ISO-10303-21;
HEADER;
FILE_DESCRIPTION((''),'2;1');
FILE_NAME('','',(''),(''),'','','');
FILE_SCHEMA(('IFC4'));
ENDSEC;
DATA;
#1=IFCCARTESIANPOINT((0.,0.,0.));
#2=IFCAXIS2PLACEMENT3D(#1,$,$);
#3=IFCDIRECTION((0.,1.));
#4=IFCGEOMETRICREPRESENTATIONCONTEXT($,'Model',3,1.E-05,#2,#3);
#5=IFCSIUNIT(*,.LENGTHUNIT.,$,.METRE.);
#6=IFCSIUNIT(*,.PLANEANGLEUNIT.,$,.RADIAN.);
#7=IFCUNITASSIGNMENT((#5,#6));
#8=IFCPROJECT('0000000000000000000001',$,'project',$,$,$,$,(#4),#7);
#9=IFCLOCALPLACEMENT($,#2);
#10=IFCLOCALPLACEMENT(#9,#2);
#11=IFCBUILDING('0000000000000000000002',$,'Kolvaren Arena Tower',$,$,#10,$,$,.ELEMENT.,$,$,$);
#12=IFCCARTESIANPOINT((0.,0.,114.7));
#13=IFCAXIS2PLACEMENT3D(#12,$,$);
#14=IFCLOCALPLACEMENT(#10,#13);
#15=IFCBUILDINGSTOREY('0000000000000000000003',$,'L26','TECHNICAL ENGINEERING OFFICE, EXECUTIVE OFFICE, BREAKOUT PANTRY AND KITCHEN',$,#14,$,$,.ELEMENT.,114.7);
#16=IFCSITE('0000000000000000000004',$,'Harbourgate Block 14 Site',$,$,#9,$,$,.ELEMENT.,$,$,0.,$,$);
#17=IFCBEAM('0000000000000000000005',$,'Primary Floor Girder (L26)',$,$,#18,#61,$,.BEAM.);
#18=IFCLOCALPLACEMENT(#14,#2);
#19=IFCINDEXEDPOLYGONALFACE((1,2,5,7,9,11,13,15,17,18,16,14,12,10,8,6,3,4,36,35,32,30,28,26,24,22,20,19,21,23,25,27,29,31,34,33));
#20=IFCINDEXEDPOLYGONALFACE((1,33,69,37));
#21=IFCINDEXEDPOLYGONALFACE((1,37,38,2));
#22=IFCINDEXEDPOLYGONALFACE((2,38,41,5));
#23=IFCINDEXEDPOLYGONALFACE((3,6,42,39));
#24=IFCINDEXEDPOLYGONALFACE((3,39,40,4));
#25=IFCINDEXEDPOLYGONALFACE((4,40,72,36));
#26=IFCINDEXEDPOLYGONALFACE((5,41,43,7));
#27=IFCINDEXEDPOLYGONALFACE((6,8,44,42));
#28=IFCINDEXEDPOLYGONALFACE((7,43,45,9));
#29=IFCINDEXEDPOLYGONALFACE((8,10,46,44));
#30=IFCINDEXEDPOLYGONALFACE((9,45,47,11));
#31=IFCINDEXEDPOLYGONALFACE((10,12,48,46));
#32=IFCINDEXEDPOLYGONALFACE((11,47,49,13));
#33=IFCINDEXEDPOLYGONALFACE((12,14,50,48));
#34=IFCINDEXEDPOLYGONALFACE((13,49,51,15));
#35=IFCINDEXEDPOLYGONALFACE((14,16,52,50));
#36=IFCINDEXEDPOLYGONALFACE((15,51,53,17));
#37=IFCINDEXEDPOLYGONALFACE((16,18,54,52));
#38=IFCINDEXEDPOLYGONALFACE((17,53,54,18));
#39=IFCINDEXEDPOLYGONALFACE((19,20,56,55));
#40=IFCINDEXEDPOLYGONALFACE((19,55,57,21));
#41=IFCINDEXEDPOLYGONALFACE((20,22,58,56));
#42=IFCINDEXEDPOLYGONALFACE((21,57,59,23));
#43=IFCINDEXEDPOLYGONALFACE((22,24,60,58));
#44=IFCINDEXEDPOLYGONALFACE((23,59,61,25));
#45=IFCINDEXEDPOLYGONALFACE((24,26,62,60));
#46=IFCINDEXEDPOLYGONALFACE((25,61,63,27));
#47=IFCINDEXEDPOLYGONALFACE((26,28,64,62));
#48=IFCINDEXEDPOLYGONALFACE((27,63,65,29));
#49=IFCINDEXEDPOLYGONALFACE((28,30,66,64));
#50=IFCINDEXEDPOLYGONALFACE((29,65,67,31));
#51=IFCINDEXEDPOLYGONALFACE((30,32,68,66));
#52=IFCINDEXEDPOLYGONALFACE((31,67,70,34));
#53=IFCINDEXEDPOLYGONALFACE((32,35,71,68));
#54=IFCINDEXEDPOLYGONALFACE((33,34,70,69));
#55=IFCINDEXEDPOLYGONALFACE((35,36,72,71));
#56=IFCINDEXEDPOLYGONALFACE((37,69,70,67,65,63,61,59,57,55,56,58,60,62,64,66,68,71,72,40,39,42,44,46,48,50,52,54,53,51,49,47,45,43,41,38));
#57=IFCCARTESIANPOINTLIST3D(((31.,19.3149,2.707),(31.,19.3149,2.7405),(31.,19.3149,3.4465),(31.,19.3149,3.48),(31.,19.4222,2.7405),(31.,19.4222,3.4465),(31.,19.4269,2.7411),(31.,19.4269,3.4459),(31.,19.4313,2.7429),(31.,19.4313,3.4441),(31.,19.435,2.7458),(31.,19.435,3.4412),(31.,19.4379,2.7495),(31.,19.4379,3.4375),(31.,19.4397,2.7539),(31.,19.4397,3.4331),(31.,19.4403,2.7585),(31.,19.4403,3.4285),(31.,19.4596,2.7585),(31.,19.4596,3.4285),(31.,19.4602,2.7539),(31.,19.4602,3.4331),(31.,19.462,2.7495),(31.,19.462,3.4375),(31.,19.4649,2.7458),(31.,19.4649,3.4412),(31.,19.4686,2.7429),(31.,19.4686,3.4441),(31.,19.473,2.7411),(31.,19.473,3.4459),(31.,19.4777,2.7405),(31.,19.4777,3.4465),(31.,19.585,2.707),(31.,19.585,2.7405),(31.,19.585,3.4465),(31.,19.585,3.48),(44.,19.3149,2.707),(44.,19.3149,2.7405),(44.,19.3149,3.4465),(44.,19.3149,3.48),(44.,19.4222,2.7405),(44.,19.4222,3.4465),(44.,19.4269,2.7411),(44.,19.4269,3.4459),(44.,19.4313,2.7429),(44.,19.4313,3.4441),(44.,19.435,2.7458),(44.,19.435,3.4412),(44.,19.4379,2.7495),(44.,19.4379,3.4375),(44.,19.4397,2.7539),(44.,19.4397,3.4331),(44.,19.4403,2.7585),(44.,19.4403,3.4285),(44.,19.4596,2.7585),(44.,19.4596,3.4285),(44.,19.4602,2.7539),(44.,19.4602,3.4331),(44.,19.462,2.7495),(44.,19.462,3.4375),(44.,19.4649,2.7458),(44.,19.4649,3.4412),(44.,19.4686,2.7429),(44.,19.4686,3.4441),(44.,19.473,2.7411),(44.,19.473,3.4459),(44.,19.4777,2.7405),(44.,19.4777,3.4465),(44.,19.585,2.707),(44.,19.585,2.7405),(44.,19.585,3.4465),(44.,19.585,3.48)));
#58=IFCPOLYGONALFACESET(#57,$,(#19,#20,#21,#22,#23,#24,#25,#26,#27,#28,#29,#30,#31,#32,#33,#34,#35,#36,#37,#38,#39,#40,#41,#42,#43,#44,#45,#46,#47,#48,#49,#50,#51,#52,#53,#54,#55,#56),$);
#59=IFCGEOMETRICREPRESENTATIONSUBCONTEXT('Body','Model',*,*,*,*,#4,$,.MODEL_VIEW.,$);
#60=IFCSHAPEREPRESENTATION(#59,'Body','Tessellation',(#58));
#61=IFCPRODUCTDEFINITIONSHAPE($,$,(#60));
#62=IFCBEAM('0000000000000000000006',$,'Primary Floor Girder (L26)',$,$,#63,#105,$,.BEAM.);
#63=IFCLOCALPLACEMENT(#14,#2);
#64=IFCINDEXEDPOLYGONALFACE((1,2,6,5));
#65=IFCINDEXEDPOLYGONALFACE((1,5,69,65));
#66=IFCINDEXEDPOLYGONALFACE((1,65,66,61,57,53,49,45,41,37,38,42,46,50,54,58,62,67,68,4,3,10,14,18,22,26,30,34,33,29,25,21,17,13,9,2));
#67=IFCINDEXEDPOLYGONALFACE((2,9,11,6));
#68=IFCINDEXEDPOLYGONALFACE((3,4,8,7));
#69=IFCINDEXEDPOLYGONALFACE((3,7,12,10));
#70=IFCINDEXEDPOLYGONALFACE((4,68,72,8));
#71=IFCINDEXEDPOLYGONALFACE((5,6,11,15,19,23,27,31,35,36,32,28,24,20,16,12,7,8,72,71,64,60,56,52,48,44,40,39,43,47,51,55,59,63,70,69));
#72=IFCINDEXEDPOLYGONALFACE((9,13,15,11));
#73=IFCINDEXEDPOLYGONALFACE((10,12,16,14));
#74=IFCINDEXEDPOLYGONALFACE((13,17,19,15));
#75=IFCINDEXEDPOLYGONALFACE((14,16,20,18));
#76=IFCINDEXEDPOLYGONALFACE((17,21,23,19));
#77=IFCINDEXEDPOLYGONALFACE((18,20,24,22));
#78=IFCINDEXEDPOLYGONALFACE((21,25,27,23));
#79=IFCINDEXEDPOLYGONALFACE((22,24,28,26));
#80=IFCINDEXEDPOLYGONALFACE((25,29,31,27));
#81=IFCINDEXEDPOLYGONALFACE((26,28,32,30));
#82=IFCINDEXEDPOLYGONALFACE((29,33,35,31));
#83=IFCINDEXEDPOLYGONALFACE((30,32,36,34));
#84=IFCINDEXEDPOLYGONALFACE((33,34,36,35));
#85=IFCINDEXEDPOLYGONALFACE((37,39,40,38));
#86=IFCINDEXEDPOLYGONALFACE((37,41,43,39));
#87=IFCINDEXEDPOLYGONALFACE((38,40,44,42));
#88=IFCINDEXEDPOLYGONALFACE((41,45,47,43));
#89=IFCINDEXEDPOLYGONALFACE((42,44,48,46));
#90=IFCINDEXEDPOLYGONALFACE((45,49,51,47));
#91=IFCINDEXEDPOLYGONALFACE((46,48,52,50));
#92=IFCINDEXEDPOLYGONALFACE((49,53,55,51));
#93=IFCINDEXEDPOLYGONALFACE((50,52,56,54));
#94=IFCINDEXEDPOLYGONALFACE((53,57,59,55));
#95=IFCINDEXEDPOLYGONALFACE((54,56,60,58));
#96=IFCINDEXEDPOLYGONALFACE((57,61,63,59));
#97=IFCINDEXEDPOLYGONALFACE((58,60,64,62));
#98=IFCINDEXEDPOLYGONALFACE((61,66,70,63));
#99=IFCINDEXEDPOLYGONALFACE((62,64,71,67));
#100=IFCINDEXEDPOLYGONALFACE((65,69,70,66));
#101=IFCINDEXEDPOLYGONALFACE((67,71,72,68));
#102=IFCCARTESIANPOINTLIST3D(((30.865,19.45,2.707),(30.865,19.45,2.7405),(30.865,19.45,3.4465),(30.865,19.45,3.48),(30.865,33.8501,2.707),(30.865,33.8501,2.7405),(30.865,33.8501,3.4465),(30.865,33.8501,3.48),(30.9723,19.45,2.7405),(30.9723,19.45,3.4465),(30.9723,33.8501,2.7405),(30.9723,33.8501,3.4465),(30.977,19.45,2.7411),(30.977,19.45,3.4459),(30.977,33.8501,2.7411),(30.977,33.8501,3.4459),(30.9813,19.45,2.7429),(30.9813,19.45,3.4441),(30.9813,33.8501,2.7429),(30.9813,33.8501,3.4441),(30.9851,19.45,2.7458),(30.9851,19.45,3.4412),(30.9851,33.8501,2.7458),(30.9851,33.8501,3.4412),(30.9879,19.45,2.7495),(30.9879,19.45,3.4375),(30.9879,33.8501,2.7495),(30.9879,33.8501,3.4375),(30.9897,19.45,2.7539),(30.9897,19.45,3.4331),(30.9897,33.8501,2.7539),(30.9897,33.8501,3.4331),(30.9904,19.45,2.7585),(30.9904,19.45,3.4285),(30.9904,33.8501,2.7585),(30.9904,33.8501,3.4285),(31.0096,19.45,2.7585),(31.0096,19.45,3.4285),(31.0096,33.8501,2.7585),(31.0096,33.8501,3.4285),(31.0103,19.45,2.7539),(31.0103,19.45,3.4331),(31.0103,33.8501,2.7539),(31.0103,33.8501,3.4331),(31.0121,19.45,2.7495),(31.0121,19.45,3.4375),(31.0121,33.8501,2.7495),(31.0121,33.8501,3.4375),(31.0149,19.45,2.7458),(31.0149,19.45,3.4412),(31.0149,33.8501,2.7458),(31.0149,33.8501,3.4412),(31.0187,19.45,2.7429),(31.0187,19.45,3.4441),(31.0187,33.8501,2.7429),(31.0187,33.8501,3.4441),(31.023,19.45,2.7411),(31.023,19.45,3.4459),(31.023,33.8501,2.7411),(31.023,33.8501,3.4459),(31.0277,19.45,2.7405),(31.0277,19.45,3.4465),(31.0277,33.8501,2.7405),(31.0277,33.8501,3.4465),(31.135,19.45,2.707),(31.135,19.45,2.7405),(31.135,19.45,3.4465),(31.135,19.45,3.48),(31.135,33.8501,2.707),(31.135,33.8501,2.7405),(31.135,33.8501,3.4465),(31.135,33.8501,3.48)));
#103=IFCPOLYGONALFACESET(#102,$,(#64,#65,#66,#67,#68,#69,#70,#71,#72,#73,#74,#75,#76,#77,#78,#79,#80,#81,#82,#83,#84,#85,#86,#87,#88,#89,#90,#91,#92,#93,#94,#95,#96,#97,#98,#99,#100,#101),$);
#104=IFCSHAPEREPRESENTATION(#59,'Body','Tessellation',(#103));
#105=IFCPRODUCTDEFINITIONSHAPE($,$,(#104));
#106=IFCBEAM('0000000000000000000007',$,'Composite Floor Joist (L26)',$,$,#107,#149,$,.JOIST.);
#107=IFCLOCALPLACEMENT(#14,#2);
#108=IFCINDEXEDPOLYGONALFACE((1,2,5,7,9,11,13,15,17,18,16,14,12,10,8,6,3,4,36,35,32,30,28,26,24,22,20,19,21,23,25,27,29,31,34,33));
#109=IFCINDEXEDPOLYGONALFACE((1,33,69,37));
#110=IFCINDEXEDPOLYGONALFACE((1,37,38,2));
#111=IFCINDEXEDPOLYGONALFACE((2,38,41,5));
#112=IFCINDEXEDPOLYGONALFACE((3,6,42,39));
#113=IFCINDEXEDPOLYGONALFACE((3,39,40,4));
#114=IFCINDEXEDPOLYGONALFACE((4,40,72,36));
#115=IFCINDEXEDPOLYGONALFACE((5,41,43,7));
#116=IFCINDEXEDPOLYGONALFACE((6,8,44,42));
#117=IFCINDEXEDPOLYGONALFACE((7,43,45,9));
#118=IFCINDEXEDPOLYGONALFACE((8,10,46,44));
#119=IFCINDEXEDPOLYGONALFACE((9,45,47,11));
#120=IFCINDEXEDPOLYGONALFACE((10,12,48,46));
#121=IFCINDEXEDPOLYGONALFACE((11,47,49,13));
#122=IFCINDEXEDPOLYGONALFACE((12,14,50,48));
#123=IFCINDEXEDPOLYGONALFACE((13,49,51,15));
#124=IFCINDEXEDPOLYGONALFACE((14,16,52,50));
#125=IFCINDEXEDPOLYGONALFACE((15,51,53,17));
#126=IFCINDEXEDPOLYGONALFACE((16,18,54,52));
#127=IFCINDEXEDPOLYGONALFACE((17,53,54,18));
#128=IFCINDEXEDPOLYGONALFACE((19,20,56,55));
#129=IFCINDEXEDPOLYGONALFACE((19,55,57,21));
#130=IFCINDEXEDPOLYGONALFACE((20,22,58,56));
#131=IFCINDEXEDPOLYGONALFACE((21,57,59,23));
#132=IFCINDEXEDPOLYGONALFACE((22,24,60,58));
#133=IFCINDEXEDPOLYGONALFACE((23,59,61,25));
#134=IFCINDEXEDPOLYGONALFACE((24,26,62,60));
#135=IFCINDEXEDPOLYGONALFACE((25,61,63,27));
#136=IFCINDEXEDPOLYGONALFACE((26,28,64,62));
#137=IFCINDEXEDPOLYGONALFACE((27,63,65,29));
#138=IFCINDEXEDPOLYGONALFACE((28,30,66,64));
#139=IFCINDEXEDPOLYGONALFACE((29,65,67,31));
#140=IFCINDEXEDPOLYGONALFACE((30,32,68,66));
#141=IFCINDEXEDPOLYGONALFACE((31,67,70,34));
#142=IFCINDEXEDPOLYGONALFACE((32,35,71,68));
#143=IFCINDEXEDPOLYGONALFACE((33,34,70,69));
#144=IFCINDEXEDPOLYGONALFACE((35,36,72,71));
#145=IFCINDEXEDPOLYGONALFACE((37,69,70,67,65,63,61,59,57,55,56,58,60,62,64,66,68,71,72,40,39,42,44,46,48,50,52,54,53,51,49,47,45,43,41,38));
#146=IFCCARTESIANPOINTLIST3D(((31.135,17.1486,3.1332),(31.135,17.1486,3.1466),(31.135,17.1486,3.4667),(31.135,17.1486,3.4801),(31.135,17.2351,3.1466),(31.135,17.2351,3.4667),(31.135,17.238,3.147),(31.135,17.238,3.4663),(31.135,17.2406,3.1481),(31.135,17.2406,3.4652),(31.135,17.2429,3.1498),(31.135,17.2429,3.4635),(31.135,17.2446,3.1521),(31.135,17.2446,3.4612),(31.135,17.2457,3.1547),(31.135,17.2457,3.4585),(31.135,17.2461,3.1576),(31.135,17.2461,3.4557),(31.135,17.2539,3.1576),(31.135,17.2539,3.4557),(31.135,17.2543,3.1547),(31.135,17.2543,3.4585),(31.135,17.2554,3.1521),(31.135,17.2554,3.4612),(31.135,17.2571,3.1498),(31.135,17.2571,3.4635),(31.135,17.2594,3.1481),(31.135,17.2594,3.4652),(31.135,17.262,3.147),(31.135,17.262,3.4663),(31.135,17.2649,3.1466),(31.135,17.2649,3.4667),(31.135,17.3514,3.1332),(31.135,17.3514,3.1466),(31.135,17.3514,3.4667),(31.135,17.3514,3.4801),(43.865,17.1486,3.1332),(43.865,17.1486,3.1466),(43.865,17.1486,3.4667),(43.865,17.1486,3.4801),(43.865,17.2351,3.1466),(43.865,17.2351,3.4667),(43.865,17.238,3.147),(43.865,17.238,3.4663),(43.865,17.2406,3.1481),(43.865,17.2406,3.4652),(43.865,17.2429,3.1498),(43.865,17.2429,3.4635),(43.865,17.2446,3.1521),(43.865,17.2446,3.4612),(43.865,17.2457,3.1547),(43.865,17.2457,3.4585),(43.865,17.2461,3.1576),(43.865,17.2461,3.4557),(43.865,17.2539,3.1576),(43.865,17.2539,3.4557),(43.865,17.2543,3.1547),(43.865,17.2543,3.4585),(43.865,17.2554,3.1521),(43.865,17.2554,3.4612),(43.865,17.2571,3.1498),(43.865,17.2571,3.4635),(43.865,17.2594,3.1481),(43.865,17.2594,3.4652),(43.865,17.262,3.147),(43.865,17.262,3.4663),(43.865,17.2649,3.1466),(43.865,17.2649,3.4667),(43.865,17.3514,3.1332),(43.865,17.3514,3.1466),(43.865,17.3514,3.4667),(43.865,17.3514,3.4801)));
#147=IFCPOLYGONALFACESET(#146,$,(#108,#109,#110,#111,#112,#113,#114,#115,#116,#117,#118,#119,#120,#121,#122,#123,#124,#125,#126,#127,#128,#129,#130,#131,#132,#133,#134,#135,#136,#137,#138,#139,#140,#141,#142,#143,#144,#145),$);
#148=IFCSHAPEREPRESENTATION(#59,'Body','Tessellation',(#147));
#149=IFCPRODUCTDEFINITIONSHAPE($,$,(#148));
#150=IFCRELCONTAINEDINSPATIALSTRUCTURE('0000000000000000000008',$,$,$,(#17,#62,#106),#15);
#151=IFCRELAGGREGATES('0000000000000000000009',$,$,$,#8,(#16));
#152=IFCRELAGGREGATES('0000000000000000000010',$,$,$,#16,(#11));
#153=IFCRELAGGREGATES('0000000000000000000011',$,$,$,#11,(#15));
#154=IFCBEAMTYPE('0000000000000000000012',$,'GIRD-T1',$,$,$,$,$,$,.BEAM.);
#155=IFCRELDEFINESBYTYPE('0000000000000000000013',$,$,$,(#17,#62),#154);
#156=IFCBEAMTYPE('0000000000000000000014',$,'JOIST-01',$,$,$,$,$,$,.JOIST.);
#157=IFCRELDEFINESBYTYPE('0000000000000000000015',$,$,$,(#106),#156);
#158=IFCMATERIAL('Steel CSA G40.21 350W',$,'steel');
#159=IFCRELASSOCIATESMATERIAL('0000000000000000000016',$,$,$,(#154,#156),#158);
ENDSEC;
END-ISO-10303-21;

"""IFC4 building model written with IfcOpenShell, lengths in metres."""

from ifc_helpers import new_model, si_unit, direction, frame, origin, origin_2d, place, context, subcontext, project, spatial, i_section, extrude, material, material_profile, profile_set, type_object, element, save


model = new_model("IFC4")

# Units and contexts
model_context = context("Model", 3, precision=1e-05, world=origin(), true_north=direction((0.0, 1.0)))
body_context = subcontext(model_context, "Body", "Model", "MODEL_VIEW")
ifc_project = project(units=[si_unit("LENGTHUNIT", "METRE"), si_unit("PLANEANGLEUNIT", "RADIAN")], contexts=[model_context])

# Site, building, storey
site_placement = place(None, origin())
site = spatial("IfcSite", under=ifc_project, at=site_placement, Name="Harbourgate Block 14 Site", CompositionType="ELEMENT", RefElevation=0.0)
building_placement = place(site_placement, origin())
building = spatial("IfcBuilding", under=site, at=building_placement, Name="Kolvaren Arena Tower", CompositionType="ELEMENT")
storey_placement = place(building_placement, frame((0.0, 0.0, 114.7)))
storey = spatial("IfcBuildingStorey", under=building, at=storey_placement, Name="L26", Description="TECHNICAL ENGINEERING OFFICE, EXECUTIVE OFFICE, BREAKOUT PANTRY AND KITCHEN", CompositionType="ELEMENT", Elevation=114.7)

# Beams
ifc_material_1 = material(Name="Steel CSA G40.21 350W", Category="steel")
ifc_material_profile_1 = material_profile(ifc_material_1, i_section(OverallWidth=0.27, OverallDepth=0.7729, WebThickness=0.0193, FlangeThickness=0.0334, FilletRadius=0.0181, at=origin_2d()), Name="W760x257")
ifc_profile_set_1 = profile_set([ifc_material_profile_1], Name="Steel CSA G40.21 350W")
beam_type_1 = type_object("IfcBeamType", Name="GIRD-T1", PredefinedType="BEAM", material=ifc_profile_set_1)
beam_1_placement = place(storey_placement, frame((31.0, 19.45, 3.0935), z_axis=(1.0, 0.0, 0.0), x_axis=(0.0, 1.0, 0.0)))
element("IfcBeam", 1, at=beam_1_placement, inside=storey, type_object=beam_type_1, Name="Primary Floor Girder (L26)", PredefinedType="BEAM", context=body_context, shape_type="SweptSolid", body=[
    extrude(i_section(OverallWidth=0.27, OverallDepth=0.7729, WebThickness=0.0193, FlangeThickness=0.0334, FilletRadius=0.0181, at=origin_2d()), origin(), (0.0, 0.0, 1.0), 13.0),
])
beam_2_placement = place(storey_placement, frame((31.0, 19.45, 3.0935), z_axis=(0.0, 1.0, 0.0), x_axis=(-1.0, 0.0, 0.0)))
element("IfcBeam", 2, at=beam_2_placement, inside=storey, type_object=beam_type_1, Name="Primary Floor Girder (L26)", PredefinedType="BEAM", context=body_context, shape_type="SweptSolid", body=[
    extrude(i_section(OverallWidth=0.27, OverallDepth=0.7729, WebThickness=0.0193, FlangeThickness=0.0334, FilletRadius=0.0181, at=origin_2d()), origin(), (0.0, 0.0, 1.0), 14.4001),
])
ifc_material_profile_2 = material_profile(ifc_material_1, i_section(OverallWidth=0.2029, OverallDepth=0.3469, WebThickness=0.0078, FlangeThickness=0.0134, FilletRadius=0.011, at=origin_2d()), Name="W360x64")
ifc_profile_set_2 = profile_set([ifc_material_profile_2], Name="Steel CSA G40.21 350W")
beam_type_2 = type_object("IfcBeamType", Name="JOIST-01", PredefinedType="JOIST", material=ifc_profile_set_2)
beam_3_placement = place(storey_placement, frame((31.135, 17.25, 3.3066), z_axis=(1.0, 0.0, 0.0), x_axis=(0.0, 1.0, 0.0)))
element("IfcBeam", 3, at=beam_3_placement, inside=storey, type_object=beam_type_2, Name="Composite Floor Joist (L26)", PredefinedType="JOIST", context=body_context, shape_type="SweptSolid", body=[
    extrude(i_section(OverallWidth=0.2029, OverallDepth=0.3469, WebThickness=0.0078, FlangeThickness=0.0134, FilletRadius=0.011, at=origin_2d()), origin(), (0.0, 0.0, 1.0), 12.73),
])

save(model, "model.ifc")
